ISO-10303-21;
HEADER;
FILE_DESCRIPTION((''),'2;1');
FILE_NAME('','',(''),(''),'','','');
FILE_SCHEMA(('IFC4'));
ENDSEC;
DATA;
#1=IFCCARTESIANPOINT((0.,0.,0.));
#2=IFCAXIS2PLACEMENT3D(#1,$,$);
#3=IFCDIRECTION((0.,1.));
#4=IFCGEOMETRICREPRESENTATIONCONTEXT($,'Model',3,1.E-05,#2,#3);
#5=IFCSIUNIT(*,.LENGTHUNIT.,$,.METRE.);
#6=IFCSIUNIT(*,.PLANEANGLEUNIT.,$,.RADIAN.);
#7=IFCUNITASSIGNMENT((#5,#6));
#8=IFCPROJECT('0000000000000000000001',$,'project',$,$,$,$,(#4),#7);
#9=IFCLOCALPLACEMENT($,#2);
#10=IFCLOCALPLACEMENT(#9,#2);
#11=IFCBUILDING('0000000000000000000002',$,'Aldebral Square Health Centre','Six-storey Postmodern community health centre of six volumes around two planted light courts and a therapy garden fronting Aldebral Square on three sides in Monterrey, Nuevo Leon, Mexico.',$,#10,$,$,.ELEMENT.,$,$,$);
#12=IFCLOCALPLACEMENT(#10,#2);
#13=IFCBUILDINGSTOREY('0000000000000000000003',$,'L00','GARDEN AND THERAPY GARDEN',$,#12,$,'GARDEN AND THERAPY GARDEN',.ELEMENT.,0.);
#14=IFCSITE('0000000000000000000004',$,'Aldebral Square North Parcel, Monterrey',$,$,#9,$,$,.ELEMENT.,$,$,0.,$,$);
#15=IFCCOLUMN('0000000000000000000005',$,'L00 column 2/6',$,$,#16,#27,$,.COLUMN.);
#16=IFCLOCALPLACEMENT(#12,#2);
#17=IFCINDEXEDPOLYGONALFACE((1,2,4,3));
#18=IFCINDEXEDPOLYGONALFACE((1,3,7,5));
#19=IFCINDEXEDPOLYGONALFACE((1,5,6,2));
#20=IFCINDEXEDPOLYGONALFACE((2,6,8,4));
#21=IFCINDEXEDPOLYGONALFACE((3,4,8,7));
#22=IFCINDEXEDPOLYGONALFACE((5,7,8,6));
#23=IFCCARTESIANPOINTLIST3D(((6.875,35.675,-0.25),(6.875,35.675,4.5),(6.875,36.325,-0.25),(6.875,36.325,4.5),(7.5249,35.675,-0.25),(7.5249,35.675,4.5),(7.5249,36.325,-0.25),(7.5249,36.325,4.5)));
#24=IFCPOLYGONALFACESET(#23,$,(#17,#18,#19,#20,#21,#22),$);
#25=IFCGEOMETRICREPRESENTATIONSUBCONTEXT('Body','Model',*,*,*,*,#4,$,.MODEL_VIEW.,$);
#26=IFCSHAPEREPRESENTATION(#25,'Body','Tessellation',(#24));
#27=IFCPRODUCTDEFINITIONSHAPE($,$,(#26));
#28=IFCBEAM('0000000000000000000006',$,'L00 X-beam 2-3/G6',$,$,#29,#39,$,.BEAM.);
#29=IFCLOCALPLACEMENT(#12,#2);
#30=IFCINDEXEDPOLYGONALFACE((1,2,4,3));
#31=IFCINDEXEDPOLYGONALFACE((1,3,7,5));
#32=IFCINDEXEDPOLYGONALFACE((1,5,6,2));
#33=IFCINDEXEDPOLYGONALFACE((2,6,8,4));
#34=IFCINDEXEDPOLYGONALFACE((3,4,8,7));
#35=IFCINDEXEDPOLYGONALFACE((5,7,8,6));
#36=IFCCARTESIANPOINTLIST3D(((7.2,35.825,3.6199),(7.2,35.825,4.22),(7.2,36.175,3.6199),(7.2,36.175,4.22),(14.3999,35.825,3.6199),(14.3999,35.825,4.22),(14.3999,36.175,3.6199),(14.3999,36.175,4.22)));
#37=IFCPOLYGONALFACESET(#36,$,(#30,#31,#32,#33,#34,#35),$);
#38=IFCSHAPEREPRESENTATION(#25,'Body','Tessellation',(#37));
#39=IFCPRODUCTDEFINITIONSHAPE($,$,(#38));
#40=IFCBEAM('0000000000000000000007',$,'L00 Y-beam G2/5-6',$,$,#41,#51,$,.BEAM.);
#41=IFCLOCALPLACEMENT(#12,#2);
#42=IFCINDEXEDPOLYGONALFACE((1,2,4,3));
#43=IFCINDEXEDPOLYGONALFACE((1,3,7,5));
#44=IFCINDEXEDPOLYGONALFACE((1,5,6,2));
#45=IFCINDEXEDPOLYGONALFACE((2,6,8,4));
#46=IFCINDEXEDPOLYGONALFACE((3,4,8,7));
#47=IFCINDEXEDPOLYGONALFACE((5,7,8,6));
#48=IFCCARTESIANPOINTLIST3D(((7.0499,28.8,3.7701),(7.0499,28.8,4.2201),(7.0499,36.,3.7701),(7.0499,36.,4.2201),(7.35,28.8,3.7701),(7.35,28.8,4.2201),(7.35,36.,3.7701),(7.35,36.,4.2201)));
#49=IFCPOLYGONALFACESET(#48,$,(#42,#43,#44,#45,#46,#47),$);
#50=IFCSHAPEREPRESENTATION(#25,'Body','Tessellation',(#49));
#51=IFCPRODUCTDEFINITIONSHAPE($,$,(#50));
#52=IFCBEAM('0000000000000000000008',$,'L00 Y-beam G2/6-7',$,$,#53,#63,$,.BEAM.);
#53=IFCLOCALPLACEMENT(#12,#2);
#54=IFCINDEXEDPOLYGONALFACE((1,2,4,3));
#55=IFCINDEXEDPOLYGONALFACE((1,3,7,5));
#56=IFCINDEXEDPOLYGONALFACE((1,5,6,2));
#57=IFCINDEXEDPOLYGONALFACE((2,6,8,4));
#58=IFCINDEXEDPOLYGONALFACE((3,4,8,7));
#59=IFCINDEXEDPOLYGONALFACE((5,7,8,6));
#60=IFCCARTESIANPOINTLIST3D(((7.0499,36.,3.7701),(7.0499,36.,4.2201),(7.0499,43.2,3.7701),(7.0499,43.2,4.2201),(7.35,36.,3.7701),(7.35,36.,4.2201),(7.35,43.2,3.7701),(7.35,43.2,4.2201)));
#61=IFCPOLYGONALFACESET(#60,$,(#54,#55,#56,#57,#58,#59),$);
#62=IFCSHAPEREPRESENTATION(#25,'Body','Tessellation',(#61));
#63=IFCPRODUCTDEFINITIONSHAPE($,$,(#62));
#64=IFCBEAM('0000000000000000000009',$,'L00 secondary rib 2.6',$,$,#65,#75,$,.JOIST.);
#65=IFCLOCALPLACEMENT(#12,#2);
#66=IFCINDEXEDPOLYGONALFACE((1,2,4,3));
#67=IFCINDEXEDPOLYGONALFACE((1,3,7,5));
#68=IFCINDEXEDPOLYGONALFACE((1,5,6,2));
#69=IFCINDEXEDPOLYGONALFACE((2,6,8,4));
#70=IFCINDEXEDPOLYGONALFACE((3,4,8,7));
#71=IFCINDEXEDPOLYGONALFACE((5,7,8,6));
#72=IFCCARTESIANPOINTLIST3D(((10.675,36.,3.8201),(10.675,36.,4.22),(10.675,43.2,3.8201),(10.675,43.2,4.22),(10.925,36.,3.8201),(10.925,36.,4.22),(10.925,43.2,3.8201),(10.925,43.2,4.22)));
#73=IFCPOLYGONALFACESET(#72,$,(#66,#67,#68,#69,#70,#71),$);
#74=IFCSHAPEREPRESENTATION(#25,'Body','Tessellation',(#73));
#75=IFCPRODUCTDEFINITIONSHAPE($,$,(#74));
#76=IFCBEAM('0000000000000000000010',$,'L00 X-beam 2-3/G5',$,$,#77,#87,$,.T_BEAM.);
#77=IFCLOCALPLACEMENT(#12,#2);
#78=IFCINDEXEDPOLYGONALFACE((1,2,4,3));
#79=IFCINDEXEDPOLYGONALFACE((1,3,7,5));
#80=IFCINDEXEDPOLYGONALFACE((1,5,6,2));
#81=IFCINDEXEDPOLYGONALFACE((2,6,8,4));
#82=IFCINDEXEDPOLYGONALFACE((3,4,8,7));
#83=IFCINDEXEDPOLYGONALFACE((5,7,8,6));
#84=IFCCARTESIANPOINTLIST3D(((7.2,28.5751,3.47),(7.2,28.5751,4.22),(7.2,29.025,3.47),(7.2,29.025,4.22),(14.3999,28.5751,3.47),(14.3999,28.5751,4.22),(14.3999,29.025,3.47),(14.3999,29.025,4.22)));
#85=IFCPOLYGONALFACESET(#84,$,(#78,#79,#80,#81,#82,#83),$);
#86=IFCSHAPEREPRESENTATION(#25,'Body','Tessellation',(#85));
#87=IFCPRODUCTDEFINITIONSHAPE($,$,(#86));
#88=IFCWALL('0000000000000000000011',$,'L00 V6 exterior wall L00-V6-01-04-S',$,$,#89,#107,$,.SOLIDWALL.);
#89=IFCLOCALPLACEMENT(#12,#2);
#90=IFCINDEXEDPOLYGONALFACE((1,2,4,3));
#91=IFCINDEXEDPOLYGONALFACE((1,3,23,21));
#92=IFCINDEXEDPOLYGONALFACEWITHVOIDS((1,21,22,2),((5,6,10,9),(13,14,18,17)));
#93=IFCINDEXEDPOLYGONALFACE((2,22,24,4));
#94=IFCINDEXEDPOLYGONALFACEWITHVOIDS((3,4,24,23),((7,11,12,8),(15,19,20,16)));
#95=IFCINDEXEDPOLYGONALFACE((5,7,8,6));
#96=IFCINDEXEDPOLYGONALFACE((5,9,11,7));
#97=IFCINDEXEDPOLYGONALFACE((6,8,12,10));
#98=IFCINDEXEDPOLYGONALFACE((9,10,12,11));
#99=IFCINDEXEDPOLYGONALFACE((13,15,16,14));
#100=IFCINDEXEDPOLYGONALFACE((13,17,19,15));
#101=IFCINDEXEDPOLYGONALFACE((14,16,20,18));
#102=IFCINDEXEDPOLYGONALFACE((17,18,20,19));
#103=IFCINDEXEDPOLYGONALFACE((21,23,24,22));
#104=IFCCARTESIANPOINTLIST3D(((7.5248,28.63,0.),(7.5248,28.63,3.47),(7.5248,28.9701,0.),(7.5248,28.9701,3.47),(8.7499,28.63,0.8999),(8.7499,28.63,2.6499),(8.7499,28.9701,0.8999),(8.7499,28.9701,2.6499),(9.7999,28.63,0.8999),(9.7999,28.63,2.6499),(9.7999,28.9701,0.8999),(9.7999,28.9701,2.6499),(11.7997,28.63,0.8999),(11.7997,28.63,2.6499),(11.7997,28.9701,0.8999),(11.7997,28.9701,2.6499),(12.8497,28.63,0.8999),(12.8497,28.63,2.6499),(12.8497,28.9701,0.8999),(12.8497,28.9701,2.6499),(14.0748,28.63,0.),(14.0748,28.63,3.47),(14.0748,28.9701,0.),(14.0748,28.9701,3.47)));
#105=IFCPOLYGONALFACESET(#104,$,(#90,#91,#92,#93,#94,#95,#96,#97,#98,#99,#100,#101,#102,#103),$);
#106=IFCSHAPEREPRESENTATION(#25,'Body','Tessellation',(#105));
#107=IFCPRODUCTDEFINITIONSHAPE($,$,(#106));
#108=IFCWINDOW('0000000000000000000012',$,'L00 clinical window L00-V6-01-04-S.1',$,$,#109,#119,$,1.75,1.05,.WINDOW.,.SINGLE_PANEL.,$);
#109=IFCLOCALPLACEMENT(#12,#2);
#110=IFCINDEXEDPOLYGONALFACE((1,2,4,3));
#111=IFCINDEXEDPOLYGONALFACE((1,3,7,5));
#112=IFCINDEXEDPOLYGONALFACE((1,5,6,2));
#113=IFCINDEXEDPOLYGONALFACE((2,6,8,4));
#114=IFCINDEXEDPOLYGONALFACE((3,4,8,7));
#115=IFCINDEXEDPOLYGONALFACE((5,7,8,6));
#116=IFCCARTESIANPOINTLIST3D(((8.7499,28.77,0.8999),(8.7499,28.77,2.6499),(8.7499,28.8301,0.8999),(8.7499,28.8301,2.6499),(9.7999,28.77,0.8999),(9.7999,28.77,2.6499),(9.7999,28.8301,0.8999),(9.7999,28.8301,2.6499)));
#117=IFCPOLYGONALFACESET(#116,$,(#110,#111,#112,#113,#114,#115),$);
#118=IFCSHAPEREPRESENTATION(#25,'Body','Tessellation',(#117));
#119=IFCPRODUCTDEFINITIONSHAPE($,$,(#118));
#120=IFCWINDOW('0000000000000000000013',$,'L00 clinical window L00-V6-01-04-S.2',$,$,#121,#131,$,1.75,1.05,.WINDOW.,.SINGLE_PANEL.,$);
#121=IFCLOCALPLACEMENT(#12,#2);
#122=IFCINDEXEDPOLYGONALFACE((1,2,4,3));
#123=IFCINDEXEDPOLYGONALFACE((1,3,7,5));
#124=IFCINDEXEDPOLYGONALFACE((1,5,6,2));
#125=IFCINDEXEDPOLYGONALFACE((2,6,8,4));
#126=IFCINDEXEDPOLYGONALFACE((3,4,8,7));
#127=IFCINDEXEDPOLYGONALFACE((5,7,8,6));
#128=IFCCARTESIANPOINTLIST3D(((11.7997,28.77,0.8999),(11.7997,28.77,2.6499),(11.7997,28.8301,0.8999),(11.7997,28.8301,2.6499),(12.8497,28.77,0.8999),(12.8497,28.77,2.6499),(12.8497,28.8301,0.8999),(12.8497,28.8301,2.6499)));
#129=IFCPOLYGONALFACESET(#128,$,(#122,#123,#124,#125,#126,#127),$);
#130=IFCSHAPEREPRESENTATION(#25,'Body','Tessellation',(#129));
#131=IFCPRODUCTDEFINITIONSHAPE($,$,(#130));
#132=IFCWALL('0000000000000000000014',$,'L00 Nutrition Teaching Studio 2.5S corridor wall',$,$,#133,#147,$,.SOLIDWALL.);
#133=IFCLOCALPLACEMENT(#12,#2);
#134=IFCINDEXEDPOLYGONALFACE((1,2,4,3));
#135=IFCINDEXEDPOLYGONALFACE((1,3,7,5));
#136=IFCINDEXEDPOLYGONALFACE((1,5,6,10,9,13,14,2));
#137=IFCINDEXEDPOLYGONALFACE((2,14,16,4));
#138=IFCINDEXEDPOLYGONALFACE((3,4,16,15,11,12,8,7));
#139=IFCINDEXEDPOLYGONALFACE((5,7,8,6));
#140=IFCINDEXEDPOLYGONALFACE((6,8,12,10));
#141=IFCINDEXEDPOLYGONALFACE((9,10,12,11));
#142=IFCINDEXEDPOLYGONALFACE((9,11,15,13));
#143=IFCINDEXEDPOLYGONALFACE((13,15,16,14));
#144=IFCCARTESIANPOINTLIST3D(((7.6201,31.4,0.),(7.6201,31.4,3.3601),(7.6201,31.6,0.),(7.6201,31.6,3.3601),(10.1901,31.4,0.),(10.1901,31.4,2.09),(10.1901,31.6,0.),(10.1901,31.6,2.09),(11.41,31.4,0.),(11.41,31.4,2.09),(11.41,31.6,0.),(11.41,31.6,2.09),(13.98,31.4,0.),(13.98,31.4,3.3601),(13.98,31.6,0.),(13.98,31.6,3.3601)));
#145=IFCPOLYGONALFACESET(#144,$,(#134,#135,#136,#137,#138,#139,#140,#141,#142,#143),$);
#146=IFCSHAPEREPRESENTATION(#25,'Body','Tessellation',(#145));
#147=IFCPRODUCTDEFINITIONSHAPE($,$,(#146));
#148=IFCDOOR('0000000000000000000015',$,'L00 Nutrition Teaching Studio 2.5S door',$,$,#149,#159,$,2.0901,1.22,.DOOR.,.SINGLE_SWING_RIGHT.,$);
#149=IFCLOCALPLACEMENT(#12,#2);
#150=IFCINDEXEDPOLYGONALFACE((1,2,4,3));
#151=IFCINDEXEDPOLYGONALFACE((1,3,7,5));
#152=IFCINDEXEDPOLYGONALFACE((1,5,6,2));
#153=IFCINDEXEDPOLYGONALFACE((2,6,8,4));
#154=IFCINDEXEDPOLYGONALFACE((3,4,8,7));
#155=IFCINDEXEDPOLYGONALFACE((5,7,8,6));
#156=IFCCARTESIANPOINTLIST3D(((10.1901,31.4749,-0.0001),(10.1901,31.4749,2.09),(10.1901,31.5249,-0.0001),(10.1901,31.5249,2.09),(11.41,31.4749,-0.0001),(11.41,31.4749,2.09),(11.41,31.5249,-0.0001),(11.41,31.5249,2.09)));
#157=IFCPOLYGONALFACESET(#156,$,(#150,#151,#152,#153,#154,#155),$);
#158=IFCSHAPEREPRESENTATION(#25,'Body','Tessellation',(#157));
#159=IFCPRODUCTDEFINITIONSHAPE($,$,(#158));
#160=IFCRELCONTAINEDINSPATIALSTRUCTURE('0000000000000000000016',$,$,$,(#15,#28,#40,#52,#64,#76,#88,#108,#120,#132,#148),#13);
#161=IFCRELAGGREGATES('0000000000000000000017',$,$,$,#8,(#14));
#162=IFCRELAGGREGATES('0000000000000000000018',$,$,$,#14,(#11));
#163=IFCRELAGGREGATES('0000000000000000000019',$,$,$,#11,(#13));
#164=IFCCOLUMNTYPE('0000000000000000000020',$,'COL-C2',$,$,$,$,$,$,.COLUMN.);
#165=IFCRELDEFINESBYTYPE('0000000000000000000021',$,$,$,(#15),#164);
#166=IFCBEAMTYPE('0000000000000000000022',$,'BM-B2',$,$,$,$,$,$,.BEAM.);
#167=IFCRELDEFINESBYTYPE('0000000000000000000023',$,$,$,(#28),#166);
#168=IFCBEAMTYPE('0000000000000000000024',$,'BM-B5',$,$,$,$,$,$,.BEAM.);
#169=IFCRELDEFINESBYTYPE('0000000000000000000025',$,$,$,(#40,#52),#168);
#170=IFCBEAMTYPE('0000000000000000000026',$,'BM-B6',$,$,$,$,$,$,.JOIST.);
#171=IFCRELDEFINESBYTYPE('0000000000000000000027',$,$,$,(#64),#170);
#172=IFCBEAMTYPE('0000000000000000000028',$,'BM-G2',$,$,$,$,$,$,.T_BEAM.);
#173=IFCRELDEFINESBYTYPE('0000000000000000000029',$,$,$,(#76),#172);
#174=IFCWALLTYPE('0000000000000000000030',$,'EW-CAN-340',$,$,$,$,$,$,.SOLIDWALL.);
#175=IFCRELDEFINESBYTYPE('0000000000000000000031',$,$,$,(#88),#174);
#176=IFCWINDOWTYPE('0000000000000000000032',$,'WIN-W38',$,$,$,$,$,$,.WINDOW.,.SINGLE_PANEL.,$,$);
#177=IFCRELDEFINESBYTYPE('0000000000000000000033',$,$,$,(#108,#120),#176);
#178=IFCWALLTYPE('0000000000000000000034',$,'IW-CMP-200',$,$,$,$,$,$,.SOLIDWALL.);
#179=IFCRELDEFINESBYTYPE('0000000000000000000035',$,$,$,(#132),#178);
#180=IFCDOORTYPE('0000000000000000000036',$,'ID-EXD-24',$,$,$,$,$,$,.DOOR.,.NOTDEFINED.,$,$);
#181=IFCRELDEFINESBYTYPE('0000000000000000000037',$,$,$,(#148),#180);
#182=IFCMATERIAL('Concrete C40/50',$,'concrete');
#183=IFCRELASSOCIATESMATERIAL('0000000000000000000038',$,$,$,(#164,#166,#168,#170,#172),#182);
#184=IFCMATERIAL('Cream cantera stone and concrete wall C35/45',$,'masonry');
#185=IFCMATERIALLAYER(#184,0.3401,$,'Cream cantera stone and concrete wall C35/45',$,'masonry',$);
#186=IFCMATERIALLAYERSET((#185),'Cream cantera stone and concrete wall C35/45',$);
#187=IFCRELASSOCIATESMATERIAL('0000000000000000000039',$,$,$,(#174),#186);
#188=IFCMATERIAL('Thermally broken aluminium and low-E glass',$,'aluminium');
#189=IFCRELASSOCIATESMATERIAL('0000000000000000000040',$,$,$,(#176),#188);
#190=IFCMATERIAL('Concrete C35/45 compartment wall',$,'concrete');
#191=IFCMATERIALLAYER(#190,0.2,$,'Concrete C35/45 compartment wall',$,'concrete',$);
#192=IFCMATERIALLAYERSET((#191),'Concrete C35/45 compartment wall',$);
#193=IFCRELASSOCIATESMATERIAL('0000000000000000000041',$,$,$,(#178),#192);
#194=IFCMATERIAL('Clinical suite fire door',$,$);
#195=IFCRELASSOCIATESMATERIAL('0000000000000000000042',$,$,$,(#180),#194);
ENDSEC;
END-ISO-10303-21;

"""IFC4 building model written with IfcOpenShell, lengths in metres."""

from ifc_helpers import new_model, si_unit, direction, frame, frame_2d, origin, origin_2d, place, context, subcontext, project, spatial, rectangle, extrude, material, layer, layer_set, material_profile, profile_set, type_object, element, fill, save


model = new_model("IFC4")

# Units and contexts
model_context = context("Model", 3, precision=1e-05, world=origin(), true_north=direction((0.0, 1.0)))
body_context = subcontext(model_context, "Body", "Model", "MODEL_VIEW")
ifc_project = project(units=[si_unit("LENGTHUNIT", "METRE"), si_unit("PLANEANGLEUNIT", "RADIAN")], contexts=[model_context])

# Site, building, storey
site_placement = place(None, origin())
site = spatial("IfcSite", under=ifc_project, at=site_placement, Name="Aldebral Square North Parcel, Monterrey", CompositionType="ELEMENT", RefElevation=0.0)
building_placement = place(site_placement, origin())
building = spatial("IfcBuilding", under=site, at=building_placement, Name="Aldebral Square Health Centre", Description="Six-storey Postmodern community health centre of six volumes around two planted light courts and a therapy garden fronting Aldebral Square on three sides in Monterrey, Nuevo Leon, Mexico.", CompositionType="ELEMENT")
storey_placement = place(building_placement, origin())
storey = spatial("IfcBuildingStorey", under=building, at=storey_placement, Name="L00", Description="GARDEN AND THERAPY GARDEN", LongName="GARDEN AND THERAPY GARDEN", CompositionType="ELEMENT", Elevation=0.0)

# Column
ifc_material_1 = material(Name="Concrete C40/50", Category="concrete")
ifc_material_profile_1 = material_profile(ifc_material_1, rectangle(XDim=0.6499, YDim=0.6499, at=origin_2d()), Name="RC 650x650")
ifc_profile_set_1 = profile_set([ifc_material_profile_1], Name="Concrete C40/50")
column_type = type_object("IfcColumnType", Name="COL-C2", PredefinedType="COLUMN", material=ifc_profile_set_1)
for number, where, z_axis, x_axis, name in (
    (1, (7.2, 36.0, -0.25), (0.0, 0.0, 1.0), (1.0, 0.0, 0.0), "L00 column 2/6"),
):
    element("IfcColumn", number, at=place(storey_placement, frame(where, z_axis=z_axis, x_axis=x_axis)), inside=storey, type_object=column_type, Name=name, PredefinedType="COLUMN", context=body_context, shape_type="SweptSolid", body=[
        extrude(rectangle(XDim=0.6499, YDim=0.6499, at=origin_2d()), origin(), (0.0, 0.0, 1.0), 4.75),
    ])

# Beams
ifc_material_profile_2 = material_profile(ifc_material_1, rectangle(XDim=0.3501, YDim=0.6001, at=origin_2d()), Name="RC 350x600")
ifc_profile_set_2 = profile_set([ifc_material_profile_2], Name="Concrete C40/50")
beam_type_1 = type_object("IfcBeamType", Name="BM-B2", PredefinedType="BEAM", material=ifc_profile_set_2)
beam_1_placement = place(storey_placement, frame((7.2, 36.0, 3.9199), z_axis=(1.0, 0.0, 0.0), x_axis=(0.0, 1.0, 0.0)))
element("IfcBeam", 2, at=beam_1_placement, inside=storey, type_object=beam_type_1, Name="L00 X-beam 2-3/G6", PredefinedType="BEAM", context=body_context, shape_type="SweptSolid", body=[
    extrude(rectangle(XDim=0.3501, YDim=0.6001, at=origin_2d()), origin(), (0.0, 0.0, 1.0), 7.2),
])
ifc_material_profile_3 = material_profile(ifc_material_1, rectangle(XDim=0.3, YDim=0.45, at=origin_2d()), Name="RC 300x450")
ifc_profile_set_3 = profile_set([ifc_material_profile_3], Name="Concrete C40/50")
beam_type_2 = type_object("IfcBeamType", Name="BM-B5", PredefinedType="BEAM", material=ifc_profile_set_3)
for number, where, z_axis, x_axis, name in (
    (3, (7.2, 28.8, 3.9951), (0.0, 1.0, 0.0), (-1.0, 0.0, 0.0), "L00 Y-beam G2/5-6"),
    (4, (7.2, 36.0, 3.9951), (0.0, 1.0, 0.0), (-1.0, 0.0, 0.0), "L00 Y-beam G2/6-7"),
):
    element("IfcBeam", number, at=place(storey_placement, frame(where, z_axis=z_axis, x_axis=x_axis)), inside=storey, type_object=beam_type_2, Name=name, PredefinedType="BEAM", context=body_context, shape_type="SweptSolid", body=[
        extrude(rectangle(XDim=0.3, YDim=0.45, at=origin_2d()), origin(), (0.0, 0.0, 1.0), 7.2),
    ])
ifc_material_profile_4 = material_profile(ifc_material_1, rectangle(XDim=0.25, YDim=0.3999, at=origin_2d()), Name="RC 250x400")
ifc_profile_set_4 = profile_set([ifc_material_profile_4], Name="Concrete C40/50")
beam_type_3 = type_object("IfcBeamType", Name="BM-B6", PredefinedType="JOIST", material=ifc_profile_set_4)
beam_2_placement = place(storey_placement, frame((10.8, 36.0, 4.02), z_axis=(0.0, 1.0, 0.0), x_axis=(-1.0, 0.0, 0.0)))
element("IfcBeam", 5, at=beam_2_placement, inside=storey, type_object=beam_type_3, Name="L00 secondary rib 2.6", PredefinedType="JOIST", context=body_context, shape_type="SweptSolid", body=[
    extrude(rectangle(XDim=0.25, YDim=0.3999, at=origin_2d()), origin(), (0.0, 0.0, 1.0), 7.2),
])
ifc_material_profile_5 = material_profile(ifc_material_1, rectangle(XDim=0.45, YDim=0.75, at=origin_2d()), Name="RC 450x750")
ifc_profile_set_5 = profile_set([ifc_material_profile_5], Name="Concrete C40/50")
beam_type_4 = type_object("IfcBeamType", Name="BM-G2", PredefinedType="T_BEAM", material=ifc_profile_set_5)
beam_3_placement = place(storey_placement, frame((7.2, 28.8, 3.845), z_axis=(1.0, 0.0, 0.0), x_axis=(0.0, 1.0, 0.0)))
element("IfcBeam", 6, at=beam_3_placement, inside=storey, type_object=beam_type_4, Name="L00 X-beam 2-3/G5", PredefinedType="T_BEAM", context=body_context, shape_type="SweptSolid", body=[
    extrude(rectangle(XDim=0.45, YDim=0.75, at=origin_2d()), origin(), (0.0, 0.0, 1.0), 7.2),
])

# Wall, openings, windows
ifc_material_2 = material(Name="Cream cantera stone and concrete wall C35/45", Category="masonry")
ifc_layer_1 = layer(ifc_material_2, 0.3401, Name="Cream cantera stone and concrete wall C35/45", Category="masonry")
ifc_layer_set_1 = layer_set([ifc_layer_1], Name="Cream cantera stone and concrete wall C35/45")
wall_type_1 = type_object("IfcWallType", Name="EW-CAN-340", PredefinedType="SOLIDWALL", material=ifc_layer_set_1)
wall_1_placement = place(storey_placement, frame((7.5249, 28.8, 0.0), z_axis=(0.0, 0.0, 1.0), x_axis=(1.0, 0.0, 0.0)))
wall_1 = element("IfcWall", 7, at=wall_1_placement, inside=storey, type_object=wall_type_1, Name="L00 V6 exterior wall L00-V6-01-04-S", PredefinedType="SOLIDWALL", context=body_context, shape_type="SweptSolid", body=[
    extrude(rectangle(XDim=6.55, YDim=0.3401, at=frame_2d((3.2749, 0.0))), origin(), (0.0, 0.0, 1.0), 3.47),
])
opening_1_placement = place(wall_1_placement, frame((1.2251, 0.0, 0.8999)))
opening_1 = element("IfcOpeningElement", 8, at=opening_1_placement, cuts=wall_1, PredefinedType="OPENING", context=body_context, shape_type="SweptSolid", body=[
    extrude(rectangle(XDim=1.05, YDim=1.75, at=frame_2d((0.5249, 0.875))), frame((0.0, 0.1802, 0.0), z_axis=(0.0, -1.0, 0.0), x_axis=(1.0, 0.0, 0.0)), (0.0, 0.0, 1.0), 0.3601),
])
opening_2_placement = place(wall_1_placement, frame((4.2749, 0.0, 0.8999)))
opening_2 = element("IfcOpeningElement", 9, at=opening_2_placement, cuts=wall_1, PredefinedType="OPENING", context=body_context, shape_type="SweptSolid", body=[
    extrude(rectangle(XDim=1.05, YDim=1.75, at=frame_2d((0.5249, 0.875))), frame((0.0, 0.1802, 0.0), z_axis=(0.0, -1.0, 0.0), x_axis=(1.0, 0.0, 0.0)), (0.0, 0.0, 1.0), 0.3601),
])
ifc_material_3 = material(Name="Thermally broken aluminium and low-E glass", Category="aluminium")
window_type = type_object("IfcWindowType", Name="WIN-W38", PartitioningType="SINGLE_PANEL", PredefinedType="WINDOW", material=ifc_material_3)
window_1_placement = place(opening_1_placement, origin())
window_1 = element("IfcWindow", 10, at=window_1_placement, inside=storey, type_object=window_type, Name="L00 clinical window L00-V6-01-04-S.1", OverallHeight=1.75, OverallWidth=1.05, PartitioningType="SINGLE_PANEL", PredefinedType="WINDOW", context=body_context, shape_type="SweptSolid", body=[
    extrude(rectangle(XDim=1.05, YDim=1.75, at=frame_2d((0.5249, 0.875))), frame((0.0, 0.03, 0.0), z_axis=(0.0, -1.0, 0.0), x_axis=(1.0, 0.0, 0.0)), (0.0, 0.0, 1.0), 0.0601),
])
fill(opening_1, window_1)
window_2_placement = place(opening_2_placement, origin())
window_2 = element("IfcWindow", 11, at=window_2_placement, inside=storey, type_object=window_type, Name="L00 clinical window L00-V6-01-04-S.2", OverallHeight=1.75, OverallWidth=1.05, PartitioningType="SINGLE_PANEL", PredefinedType="WINDOW", context=body_context, shape_type="SweptSolid", body=[
    extrude(rectangle(XDim=1.05, YDim=1.75, at=frame_2d((0.5249, 0.875))), frame((0.0, 0.03, 0.0), z_axis=(0.0, -1.0, 0.0), x_axis=(1.0, 0.0, 0.0)), (0.0, 0.0, 1.0), 0.0601),
])
fill(opening_2, window_2)

# Wall, opening, door
ifc_material_4 = material(Name="Concrete C35/45 compartment wall", Category="concrete")
ifc_layer_2 = layer(ifc_material_4, 0.2, Name="Concrete C35/45 compartment wall", Category="concrete")
ifc_layer_set_2 = layer_set([ifc_layer_2], Name="Concrete C35/45 compartment wall")
wall_type_2 = type_object("IfcWallType", Name="IW-CMP-200", PredefinedType="SOLIDWALL", material=ifc_layer_set_2)
wall_2_placement = place(storey_placement, frame((7.6201, 31.5, 0.0), z_axis=(0.0, 0.0, 1.0), x_axis=(1.0, 0.0, 0.0)))
wall_2 = element("IfcWall", 12, at=wall_2_placement, inside=storey, type_object=wall_type_2, Name="L00 Nutrition Teaching Studio 2.5S corridor wall", PredefinedType="SOLIDWALL", context=body_context, shape_type="SweptSolid", body=[
    extrude(rectangle(XDim=6.3599, YDim=0.2, at=frame_2d((3.1799, 0.0))), origin(), (0.0, 0.0, 1.0), 3.3601),
])
opening_3_placement = place(wall_2_placement, frame((2.5701, 0.0, 0.0)))
opening_3 = element("IfcOpeningElement", 13, at=opening_3_placement, cuts=wall_2, PredefinedType="OPENING", context=body_context, shape_type="SweptSolid", body=[
    extrude(rectangle(XDim=1.22, YDim=2.0901, at=frame_2d((0.6099, 1.0449))), frame((0.0, 0.1099, 0.0), z_axis=(0.0, -1.0, 0.0), x_axis=(1.0, 0.0, 0.0)), (0.0, 0.0, 1.0), 0.22),
])
ifc_material_5 = material(Name="Clinical suite fire door")
door_type_1 = type_object("IfcDoorType", Name="ID-EXD-24", OperationType="NOTDEFINED", PredefinedType="DOOR", material=ifc_material_5)
door_1_placement = place(opening_3_placement, origin())
door_1 = element("IfcDoor", 14, at=door_1_placement, inside=storey, type_object=door_type_1, Name="L00 Nutrition Teaching Studio 2.5S door", OperationType="SINGLE_SWING_RIGHT", OverallHeight=2.0901, OverallWidth=1.22, PredefinedType="DOOR", context=body_context, shape_type="SweptSolid", body=[
    extrude(rectangle(XDim=1.22, YDim=2.0901, at=frame_2d((0.6099, 1.0449))), frame((0.0, 0.0249, 0.0), z_axis=(0.0, -1.0, 0.0), x_axis=(1.0, 0.0, 0.0)), (0.0, 0.0, 1.0), 0.05),
])
fill(opening_3, door_1)

save(model, "model.ifc")
